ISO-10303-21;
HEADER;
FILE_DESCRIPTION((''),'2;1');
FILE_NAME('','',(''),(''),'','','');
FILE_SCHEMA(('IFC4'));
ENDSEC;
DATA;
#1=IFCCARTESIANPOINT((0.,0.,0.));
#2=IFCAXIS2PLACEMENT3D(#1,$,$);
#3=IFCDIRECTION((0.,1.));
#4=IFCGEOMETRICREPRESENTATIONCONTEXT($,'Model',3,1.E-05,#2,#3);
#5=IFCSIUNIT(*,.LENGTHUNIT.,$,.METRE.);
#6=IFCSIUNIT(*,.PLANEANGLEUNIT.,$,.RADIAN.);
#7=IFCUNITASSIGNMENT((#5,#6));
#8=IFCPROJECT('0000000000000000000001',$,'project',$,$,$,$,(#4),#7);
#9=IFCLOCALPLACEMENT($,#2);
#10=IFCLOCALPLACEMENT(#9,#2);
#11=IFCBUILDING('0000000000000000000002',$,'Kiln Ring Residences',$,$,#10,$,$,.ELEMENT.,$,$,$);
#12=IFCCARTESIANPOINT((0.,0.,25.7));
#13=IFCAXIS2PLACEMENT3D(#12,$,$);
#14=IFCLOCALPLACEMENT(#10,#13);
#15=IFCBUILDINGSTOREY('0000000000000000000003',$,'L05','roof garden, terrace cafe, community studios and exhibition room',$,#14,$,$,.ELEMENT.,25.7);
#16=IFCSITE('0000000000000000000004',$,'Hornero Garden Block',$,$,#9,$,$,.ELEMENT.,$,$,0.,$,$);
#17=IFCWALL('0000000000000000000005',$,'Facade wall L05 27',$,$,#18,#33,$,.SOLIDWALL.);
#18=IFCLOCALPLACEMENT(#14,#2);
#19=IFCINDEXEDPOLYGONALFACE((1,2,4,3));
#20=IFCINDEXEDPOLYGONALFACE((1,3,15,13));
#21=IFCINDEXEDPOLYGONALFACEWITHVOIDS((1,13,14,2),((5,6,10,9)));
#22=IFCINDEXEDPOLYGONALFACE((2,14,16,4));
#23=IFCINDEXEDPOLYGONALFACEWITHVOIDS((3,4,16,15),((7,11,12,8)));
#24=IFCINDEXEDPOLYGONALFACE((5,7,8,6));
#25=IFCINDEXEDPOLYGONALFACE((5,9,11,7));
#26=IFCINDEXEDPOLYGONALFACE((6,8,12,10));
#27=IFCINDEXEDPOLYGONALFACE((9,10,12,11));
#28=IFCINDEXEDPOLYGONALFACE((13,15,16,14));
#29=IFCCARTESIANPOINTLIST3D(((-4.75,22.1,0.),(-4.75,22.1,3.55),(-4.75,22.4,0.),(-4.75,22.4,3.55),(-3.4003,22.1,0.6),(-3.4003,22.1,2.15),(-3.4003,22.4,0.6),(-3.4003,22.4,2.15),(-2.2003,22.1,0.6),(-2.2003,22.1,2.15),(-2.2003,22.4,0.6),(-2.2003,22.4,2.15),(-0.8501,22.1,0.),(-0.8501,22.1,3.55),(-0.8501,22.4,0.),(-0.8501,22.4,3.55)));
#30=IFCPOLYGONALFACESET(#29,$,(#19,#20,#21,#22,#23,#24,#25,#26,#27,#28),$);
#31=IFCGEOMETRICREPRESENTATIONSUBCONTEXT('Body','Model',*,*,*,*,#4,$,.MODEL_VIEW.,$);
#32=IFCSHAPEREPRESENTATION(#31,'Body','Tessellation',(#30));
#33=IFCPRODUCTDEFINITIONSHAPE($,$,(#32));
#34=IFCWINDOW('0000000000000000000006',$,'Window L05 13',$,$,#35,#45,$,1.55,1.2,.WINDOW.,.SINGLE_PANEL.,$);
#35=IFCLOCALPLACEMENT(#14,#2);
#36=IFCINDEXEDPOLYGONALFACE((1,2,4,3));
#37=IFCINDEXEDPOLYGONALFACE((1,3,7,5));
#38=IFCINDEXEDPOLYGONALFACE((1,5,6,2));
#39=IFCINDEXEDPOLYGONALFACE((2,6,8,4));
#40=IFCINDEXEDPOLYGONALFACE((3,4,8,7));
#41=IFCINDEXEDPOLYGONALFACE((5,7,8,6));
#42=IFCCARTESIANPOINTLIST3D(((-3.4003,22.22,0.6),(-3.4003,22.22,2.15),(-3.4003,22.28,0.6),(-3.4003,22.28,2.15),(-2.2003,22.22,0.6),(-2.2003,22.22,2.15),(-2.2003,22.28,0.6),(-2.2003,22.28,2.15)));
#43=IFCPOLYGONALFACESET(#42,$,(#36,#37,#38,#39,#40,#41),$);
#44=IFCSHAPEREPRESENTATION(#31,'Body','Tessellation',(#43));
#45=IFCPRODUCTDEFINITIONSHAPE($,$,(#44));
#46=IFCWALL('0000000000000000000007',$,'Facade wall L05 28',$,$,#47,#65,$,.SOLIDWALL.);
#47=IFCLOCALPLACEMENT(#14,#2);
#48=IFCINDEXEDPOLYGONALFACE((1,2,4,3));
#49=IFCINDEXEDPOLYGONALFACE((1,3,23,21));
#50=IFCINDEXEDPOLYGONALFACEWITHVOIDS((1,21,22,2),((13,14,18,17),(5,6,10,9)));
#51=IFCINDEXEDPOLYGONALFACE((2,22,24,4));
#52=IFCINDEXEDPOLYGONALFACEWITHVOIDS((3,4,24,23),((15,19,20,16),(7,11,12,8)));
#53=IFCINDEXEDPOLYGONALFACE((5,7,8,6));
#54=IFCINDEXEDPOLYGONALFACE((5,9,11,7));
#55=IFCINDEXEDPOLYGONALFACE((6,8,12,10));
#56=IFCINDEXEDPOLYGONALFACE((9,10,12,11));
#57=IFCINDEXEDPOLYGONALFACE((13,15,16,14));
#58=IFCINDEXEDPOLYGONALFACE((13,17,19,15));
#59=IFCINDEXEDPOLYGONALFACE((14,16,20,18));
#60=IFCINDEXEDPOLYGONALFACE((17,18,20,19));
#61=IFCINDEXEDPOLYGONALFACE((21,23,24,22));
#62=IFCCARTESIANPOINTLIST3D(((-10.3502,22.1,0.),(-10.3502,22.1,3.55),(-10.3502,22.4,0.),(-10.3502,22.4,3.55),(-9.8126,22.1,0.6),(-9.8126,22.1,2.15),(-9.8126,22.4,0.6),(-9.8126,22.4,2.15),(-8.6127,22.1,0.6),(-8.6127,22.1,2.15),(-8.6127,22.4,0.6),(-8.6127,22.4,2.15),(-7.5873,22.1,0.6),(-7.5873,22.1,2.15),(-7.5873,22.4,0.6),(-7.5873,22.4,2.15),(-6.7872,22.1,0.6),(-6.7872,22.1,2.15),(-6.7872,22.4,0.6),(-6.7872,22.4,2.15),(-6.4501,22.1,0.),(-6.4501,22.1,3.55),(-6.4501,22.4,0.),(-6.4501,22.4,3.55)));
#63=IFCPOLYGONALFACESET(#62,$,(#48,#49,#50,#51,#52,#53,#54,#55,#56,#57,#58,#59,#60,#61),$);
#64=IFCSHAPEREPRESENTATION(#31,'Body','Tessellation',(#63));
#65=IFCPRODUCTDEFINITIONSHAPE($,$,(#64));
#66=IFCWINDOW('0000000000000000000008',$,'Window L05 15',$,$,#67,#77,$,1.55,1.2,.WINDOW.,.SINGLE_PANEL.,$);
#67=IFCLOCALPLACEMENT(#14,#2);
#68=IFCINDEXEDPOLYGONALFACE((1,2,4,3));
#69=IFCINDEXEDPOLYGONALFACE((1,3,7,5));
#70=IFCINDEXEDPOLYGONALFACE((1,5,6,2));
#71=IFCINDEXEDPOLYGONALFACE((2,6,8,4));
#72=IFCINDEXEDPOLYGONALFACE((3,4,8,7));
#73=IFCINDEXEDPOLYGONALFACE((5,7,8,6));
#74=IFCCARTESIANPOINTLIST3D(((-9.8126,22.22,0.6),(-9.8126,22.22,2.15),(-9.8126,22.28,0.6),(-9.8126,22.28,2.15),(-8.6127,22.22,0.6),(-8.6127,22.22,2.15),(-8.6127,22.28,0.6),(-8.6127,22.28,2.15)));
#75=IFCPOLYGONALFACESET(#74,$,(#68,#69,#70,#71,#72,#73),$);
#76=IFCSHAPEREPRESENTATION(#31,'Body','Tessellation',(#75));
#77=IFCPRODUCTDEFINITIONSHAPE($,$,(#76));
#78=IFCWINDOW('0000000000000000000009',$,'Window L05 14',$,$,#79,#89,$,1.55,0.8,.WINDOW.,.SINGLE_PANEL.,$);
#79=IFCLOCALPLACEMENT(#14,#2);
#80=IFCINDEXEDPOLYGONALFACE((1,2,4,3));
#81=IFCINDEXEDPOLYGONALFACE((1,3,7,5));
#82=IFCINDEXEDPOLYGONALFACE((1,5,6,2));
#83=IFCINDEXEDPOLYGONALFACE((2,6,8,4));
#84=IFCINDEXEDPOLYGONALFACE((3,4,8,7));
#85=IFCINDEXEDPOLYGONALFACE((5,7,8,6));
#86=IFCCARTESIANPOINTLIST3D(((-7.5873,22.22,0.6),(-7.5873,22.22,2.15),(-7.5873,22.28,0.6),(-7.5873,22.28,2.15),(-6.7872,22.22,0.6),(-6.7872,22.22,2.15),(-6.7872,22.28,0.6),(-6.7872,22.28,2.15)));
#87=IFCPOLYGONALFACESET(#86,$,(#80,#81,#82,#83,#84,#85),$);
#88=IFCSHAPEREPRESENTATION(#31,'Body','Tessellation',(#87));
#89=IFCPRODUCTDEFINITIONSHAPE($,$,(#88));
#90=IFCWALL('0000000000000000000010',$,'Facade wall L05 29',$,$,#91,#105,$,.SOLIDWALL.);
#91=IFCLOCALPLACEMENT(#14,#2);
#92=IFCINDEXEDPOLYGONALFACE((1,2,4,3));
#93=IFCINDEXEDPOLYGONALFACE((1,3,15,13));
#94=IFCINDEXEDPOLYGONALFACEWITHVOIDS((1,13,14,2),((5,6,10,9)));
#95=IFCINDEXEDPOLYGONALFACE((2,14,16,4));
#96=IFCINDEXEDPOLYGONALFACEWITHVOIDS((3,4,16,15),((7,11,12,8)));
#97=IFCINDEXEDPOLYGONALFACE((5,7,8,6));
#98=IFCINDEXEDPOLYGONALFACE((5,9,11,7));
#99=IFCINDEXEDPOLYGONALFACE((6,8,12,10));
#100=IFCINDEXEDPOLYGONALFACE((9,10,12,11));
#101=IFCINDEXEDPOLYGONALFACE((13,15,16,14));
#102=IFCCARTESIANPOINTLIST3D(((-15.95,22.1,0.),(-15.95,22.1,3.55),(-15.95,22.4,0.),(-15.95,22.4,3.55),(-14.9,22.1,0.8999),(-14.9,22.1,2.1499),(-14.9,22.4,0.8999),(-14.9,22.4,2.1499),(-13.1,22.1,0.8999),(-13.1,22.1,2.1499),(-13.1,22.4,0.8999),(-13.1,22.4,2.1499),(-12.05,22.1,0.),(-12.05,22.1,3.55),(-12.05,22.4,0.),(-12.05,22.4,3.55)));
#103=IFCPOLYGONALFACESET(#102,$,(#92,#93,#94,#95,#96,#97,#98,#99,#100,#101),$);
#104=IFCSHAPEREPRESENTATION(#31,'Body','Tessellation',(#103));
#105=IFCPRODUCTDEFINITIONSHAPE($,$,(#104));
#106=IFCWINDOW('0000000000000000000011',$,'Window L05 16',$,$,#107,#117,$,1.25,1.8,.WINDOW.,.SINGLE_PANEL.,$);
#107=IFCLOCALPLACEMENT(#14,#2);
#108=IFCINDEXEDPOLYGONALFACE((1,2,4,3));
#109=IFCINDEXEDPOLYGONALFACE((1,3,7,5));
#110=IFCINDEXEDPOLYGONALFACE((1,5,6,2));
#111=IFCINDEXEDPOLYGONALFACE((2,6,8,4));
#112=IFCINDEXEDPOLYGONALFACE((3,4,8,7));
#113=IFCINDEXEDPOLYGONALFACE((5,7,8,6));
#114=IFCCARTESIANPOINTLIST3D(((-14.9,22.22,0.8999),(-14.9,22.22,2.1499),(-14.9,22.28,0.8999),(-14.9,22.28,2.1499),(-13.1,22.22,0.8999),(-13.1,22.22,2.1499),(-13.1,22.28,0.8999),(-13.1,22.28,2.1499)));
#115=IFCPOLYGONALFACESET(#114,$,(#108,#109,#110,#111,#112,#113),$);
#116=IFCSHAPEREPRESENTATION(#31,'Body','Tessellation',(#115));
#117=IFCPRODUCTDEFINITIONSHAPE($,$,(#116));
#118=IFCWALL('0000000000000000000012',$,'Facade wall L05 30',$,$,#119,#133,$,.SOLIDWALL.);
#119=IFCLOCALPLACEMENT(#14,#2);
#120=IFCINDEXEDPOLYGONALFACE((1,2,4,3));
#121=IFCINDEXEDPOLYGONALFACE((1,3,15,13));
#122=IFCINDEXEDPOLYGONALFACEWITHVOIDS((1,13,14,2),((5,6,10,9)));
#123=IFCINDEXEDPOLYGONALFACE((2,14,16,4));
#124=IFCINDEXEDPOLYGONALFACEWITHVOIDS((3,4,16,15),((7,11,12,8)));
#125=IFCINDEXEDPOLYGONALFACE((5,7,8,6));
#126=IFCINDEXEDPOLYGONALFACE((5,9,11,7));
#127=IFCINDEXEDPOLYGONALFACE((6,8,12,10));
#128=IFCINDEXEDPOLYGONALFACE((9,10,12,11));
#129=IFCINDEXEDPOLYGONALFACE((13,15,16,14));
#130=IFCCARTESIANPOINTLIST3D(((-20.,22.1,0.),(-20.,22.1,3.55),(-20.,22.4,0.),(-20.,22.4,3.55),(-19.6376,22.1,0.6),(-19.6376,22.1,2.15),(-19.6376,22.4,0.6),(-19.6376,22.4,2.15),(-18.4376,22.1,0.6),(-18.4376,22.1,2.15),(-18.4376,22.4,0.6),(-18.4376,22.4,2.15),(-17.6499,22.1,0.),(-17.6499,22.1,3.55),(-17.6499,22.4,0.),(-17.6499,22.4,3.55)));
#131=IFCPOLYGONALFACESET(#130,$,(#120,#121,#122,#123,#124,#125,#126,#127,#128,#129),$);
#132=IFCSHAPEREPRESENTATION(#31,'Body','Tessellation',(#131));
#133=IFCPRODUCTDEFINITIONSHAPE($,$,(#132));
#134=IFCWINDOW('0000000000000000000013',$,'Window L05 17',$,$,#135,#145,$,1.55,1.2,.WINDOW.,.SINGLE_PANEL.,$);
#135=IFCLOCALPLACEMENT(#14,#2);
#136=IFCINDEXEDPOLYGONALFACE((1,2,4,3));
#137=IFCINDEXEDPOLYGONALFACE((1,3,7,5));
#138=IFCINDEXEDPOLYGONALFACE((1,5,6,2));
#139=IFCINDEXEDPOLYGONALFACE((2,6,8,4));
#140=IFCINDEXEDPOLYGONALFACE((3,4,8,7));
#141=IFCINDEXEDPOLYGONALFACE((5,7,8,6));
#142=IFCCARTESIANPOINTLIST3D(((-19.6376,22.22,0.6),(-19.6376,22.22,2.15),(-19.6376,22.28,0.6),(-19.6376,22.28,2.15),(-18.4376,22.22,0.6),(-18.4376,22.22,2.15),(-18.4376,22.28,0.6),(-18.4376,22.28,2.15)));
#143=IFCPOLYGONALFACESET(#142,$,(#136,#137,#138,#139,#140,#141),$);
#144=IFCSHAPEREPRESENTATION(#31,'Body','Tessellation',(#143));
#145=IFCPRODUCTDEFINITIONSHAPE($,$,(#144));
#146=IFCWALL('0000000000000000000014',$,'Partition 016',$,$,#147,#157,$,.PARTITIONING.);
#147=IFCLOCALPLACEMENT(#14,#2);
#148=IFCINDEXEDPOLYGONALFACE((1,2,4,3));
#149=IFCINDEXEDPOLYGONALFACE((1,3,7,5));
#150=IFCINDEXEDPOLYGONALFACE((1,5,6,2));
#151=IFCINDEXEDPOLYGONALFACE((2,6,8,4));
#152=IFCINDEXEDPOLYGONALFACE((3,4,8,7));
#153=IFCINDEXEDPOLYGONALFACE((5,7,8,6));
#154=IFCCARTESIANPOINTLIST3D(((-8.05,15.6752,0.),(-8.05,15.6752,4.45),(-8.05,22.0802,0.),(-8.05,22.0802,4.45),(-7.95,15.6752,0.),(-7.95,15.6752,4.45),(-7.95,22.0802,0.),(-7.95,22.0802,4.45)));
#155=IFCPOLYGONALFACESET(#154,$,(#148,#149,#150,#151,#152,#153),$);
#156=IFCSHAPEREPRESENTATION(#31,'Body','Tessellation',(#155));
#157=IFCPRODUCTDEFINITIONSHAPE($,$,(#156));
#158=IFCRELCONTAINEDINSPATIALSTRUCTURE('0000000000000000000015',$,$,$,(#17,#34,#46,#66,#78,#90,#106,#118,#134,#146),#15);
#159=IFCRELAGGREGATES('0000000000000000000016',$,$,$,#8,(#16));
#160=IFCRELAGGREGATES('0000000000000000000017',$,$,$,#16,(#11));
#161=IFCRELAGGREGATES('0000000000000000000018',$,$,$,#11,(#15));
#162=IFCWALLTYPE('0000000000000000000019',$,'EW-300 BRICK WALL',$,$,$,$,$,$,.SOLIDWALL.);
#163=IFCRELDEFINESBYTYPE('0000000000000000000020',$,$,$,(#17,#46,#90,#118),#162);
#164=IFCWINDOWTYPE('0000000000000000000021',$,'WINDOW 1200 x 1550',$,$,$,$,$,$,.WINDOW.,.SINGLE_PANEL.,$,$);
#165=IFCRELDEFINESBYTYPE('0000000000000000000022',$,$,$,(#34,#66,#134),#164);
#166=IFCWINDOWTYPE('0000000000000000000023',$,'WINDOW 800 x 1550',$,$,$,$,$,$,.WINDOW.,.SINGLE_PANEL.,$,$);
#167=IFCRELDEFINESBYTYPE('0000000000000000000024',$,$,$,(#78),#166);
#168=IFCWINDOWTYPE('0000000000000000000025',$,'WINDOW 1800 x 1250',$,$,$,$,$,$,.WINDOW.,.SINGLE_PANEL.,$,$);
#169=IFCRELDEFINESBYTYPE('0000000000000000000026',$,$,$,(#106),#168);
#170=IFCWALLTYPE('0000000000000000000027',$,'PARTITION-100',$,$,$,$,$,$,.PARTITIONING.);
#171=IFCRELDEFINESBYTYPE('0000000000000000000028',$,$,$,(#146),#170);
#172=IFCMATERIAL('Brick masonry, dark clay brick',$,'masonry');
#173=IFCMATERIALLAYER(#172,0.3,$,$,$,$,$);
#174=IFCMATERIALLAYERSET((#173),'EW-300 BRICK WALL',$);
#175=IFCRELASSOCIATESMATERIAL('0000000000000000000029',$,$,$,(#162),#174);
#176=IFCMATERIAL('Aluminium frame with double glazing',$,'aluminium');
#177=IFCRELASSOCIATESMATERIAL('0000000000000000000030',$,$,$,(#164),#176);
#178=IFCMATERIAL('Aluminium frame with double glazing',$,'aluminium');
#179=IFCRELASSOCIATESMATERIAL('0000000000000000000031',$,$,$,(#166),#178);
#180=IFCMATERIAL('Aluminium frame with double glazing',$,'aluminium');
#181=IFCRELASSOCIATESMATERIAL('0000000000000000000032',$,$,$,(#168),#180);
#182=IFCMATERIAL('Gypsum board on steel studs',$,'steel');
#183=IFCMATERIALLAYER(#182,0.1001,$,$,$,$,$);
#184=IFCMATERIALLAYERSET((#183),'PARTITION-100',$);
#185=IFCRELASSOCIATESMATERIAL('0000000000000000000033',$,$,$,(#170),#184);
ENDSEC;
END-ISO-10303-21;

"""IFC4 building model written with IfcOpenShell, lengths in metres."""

from ifc_helpers import new_model, si_unit, direction, frame, frame_2d, origin, place, context, subcontext, project, spatial, rectangle, extrude, material, layer, layer_set, type_object, element, fill, save


model = new_model("IFC4")

# Units and contexts
model_context = context("Model", 3, precision=1e-05, world=origin(), true_north=direction((0.0, 1.0)))
body_context = subcontext(model_context, "Body", "Model", "MODEL_VIEW")
ifc_project = project(units=[si_unit("LENGTHUNIT", "METRE"), si_unit("PLANEANGLEUNIT", "RADIAN")], contexts=[model_context])

# Site, building, storey
site_placement = place(None, origin())
site = spatial("IfcSite", under=ifc_project, at=site_placement, Name="Hornero Garden Block", CompositionType="ELEMENT", RefElevation=0.0)
building_placement = place(site_placement, origin())
building = spatial("IfcBuilding", under=site, at=building_placement, Name="Kiln Ring Residences", CompositionType="ELEMENT")
storey_placement = place(building_placement, frame((0.0, 0.0, 25.7)))
storey = spatial("IfcBuildingStorey", under=building, at=storey_placement, Name="L05", Description="roof garden, terrace cafe, community studios and exhibition room", CompositionType="ELEMENT", Elevation=25.7)

# Wall, opening, window
ifc_material_1 = material(Name="Brick masonry, dark clay brick", Category="masonry")
ifc_layer_1 = layer(ifc_material_1, 0.3)
ifc_layer_set_1 = layer_set([ifc_layer_1], Name="EW-300 BRICK WALL")
wall_type_1 = type_object("IfcWallType", Name="EW-300 BRICK WALL", PredefinedType="SOLIDWALL", material=ifc_layer_set_1)
wall_1_placement = place(storey_placement, frame((-0.8501, 22.25, 0.0), z_axis=(0.0, 0.0, 1.0), x_axis=(-1.0, 0.0, 0.0)))
wall_1 = element("IfcWall", 1, at=wall_1_placement, inside=storey, type_object=wall_type_1, Name="Facade wall L05 27", PredefinedType="SOLIDWALL", context=body_context, shape_type="SweptSolid", body=[
    extrude(rectangle(XDim=3.8999, YDim=0.3, at=frame_2d((1.95, 0.0))), origin(), (0.0, 0.0, 1.0), 3.55),
])
opening_1_placement = place(wall_1_placement, frame((1.3501, 0.0, 0.6001)))
opening_1 = element("IfcOpeningElement", 2, at=opening_1_placement, cuts=wall_1, PredefinedType="OPENING", context=body_context, shape_type="SweptSolid", body=[
    extrude(rectangle(XDim=1.2, YDim=1.55, at=frame_2d((0.6001, 0.7749))), frame((0.0, 0.1599, 0.0), z_axis=(0.0, -1.0, 0.0), x_axis=(1.0, 0.0, 0.0)), (0.0, 0.0, 1.0), 0.3201),
])
ifc_material_2 = material(Name="Aluminium frame with double glazing", Category="aluminium")
window_type_1 = type_object("IfcWindowType", Name="WINDOW 1200 x 1550", PartitioningType="SINGLE_PANEL", PredefinedType="WINDOW", material=ifc_material_2)
window_1_placement = place(opening_1_placement, origin())
window_1 = element("IfcWindow", 3, at=window_1_placement, inside=storey, type_object=window_type_1, Name="Window L05 13", OverallHeight=1.55, OverallWidth=1.2, PartitioningType="SINGLE_PANEL", PredefinedType="WINDOW", context=body_context, shape_type="SweptSolid", body=[
    extrude(rectangle(XDim=1.2, YDim=1.55, at=frame_2d((0.6001, 0.7749))), frame((0.0, 0.03, 0.0), z_axis=(0.0, -1.0, 0.0), x_axis=(1.0, 0.0, 0.0)), (0.0, 0.0, 1.0), 0.0601),
])
fill(opening_1, window_1)

# Wall, openings, windows
wall_2_placement = place(storey_placement, frame((-6.45, 22.25, 0.0), z_axis=(0.0, 0.0, 1.0), x_axis=(-1.0, 0.0, 0.0)))
wall_2 = element("IfcWall", 4, at=wall_2_placement, inside=storey, type_object=wall_type_1, Name="Facade wall L05 28", PredefinedType="SOLIDWALL", context=body_context, shape_type="SweptSolid", body=[
    extrude(rectangle(XDim=3.9001, YDim=0.3, at=frame_2d((1.9502, 0.0))), origin(), (0.0, 0.0, 1.0), 3.55),
])
opening_2_placement = place(wall_2_placement, frame((0.3374, 0.0, 0.6001)))
opening_2 = element("IfcOpeningElement", 5, at=opening_2_placement, cuts=wall_2, PredefinedType="OPENING", context=body_context, shape_type="SweptSolid", body=[
    extrude(rectangle(XDim=0.8, YDim=1.55, at=frame_2d((0.3999, 0.7749))), frame((0.0, 0.1599, 0.0), z_axis=(0.0, -1.0, 0.0), x_axis=(1.0, 0.0, 0.0)), (0.0, 0.0, 1.0), 0.3201),
])
opening_3_placement = place(wall_2_placement, frame((2.1626, 0.0, 0.6001)))
opening_3 = element("IfcOpeningElement", 6, at=opening_3_placement, cuts=wall_2, PredefinedType="OPENING", context=body_context, shape_type="SweptSolid", body=[
    extrude(rectangle(XDim=1.2, YDim=1.55, at=frame_2d((0.6001, 0.7749))), frame((0.0, 0.1599, 0.0), z_axis=(0.0, -1.0, 0.0), x_axis=(1.0, 0.0, 0.0)), (0.0, 0.0, 1.0), 0.3201),
])
window_2_placement = place(opening_3_placement, origin())
window_2 = element("IfcWindow", 7, at=window_2_placement, inside=storey, type_object=window_type_1, Name="Window L05 15", OverallHeight=1.55, OverallWidth=1.2, PartitioningType="SINGLE_PANEL", PredefinedType="WINDOW", context=body_context, shape_type="SweptSolid", body=[
    extrude(rectangle(XDim=1.2, YDim=1.55, at=frame_2d((0.6001, 0.7749))), frame((0.0, 0.03, 0.0), z_axis=(0.0, -1.0, 0.0), x_axis=(1.0, 0.0, 0.0)), (0.0, 0.0, 1.0), 0.0601),
])
fill(opening_3, window_2)
ifc_material_3 = material(Name="Aluminium frame with double glazing", Category="aluminium")
window_type_2 = type_object("IfcWindowType", Name="WINDOW 800 x 1550", PartitioningType="SINGLE_PANEL", PredefinedType="WINDOW", material=ifc_material_3)
window_3_placement = place(opening_2_placement, origin())
window_3 = element("IfcWindow", 8, at=window_3_placement, inside=storey, type_object=window_type_2, Name="Window L05 14", OverallHeight=1.55, OverallWidth=0.8, PartitioningType="SINGLE_PANEL", PredefinedType="WINDOW", context=body_context, shape_type="SweptSolid", body=[
    extrude(rectangle(XDim=0.8, YDim=1.55, at=frame_2d((0.3999, 0.7749))), frame((0.0, 0.03, 0.0), z_axis=(0.0, -1.0, 0.0), x_axis=(1.0, 0.0, 0.0)), (0.0, 0.0, 1.0), 0.0601),
])
fill(opening_2, window_3)

# Walls, openings, windows
wall_3_placement = place(storey_placement, frame((-12.05, 22.25, 0.0), z_axis=(0.0, 0.0, 1.0), x_axis=(-1.0, 0.0, 0.0)))
wall_3 = element("IfcWall", 9, at=wall_3_placement, inside=storey, type_object=wall_type_1, Name="Facade wall L05 29", PredefinedType="SOLIDWALL", context=body_context, shape_type="SweptSolid", body=[
    extrude(rectangle(XDim=3.8999, YDim=0.3, at=frame_2d((1.95, 0.0))), origin(), (0.0, 0.0, 1.0), 3.55),
])
opening_4_placement = place(wall_3_placement, frame((1.05, 0.0, 0.8999)))
opening_4 = element("IfcOpeningElement", 10, at=opening_4_placement, cuts=wall_3, PredefinedType="OPENING", context=body_context, shape_type="SweptSolid", body=[
    extrude(rectangle(XDim=1.8, YDim=1.25, at=frame_2d((0.8999, 0.625))), frame((0.0, 0.1599, 0.0), z_axis=(0.0, -1.0, 0.0), x_axis=(1.0, 0.0, 0.0)), (0.0, 0.0, 1.0), 0.3201),
])
ifc_material_4 = material(Name="Aluminium frame with double glazing", Category="aluminium")
window_type_3 = type_object("IfcWindowType", Name="WINDOW 1800 x 1250", PartitioningType="SINGLE_PANEL", PredefinedType="WINDOW", material=ifc_material_4)
window_4_placement = place(opening_4_placement, origin())
window_4 = element("IfcWindow", 11, at=window_4_placement, inside=storey, type_object=window_type_3, Name="Window L05 16", OverallHeight=1.25, OverallWidth=1.8, PartitioningType="SINGLE_PANEL", PredefinedType="WINDOW", context=body_context, shape_type="SweptSolid", body=[
    extrude(rectangle(XDim=1.8, YDim=1.25, at=frame_2d((0.8999, 0.625))), frame((0.0, 0.03, 0.0), z_axis=(0.0, -1.0, 0.0), x_axis=(1.0, 0.0, 0.0)), (0.0, 0.0, 1.0), 0.0601),
])
fill(opening_4, window_4)
wall_4_placement = place(storey_placement, frame((-17.6499, 22.25, 0.0), z_axis=(0.0, 0.0, 1.0), x_axis=(-1.0, 0.0, 0.0)))
wall_4 = element("IfcWall", 12, at=wall_4_placement, inside=storey, type_object=wall_type_1, Name="Facade wall L05 30", PredefinedType="SOLIDWALL", context=body_context, shape_type="SweptSolid", body=[
    extrude(rectangle(XDim=2.3501, YDim=0.3, at=frame_2d((1.175, 0.0))), origin(), (0.0, 0.0, 1.0), 3.55),
])
opening_5_placement = place(wall_4_placement, frame((0.7876, 0.0, 0.6001)))
opening_5 = element("IfcOpeningElement", 13, at=opening_5_placement, cuts=wall_4, PredefinedType="OPENING", context=body_context, shape_type="SweptSolid", body=[
    extrude(rectangle(XDim=1.2, YDim=1.55, at=frame_2d((0.6001, 0.7749))), frame((0.0, 0.1599, 0.0), z_axis=(0.0, -1.0, 0.0), x_axis=(1.0, 0.0, 0.0)), (0.0, 0.0, 1.0), 0.3201),
])
window_5_placement = place(opening_5_placement, origin())
window_5 = element("IfcWindow", 14, at=window_5_placement, inside=storey, type_object=window_type_1, Name="Window L05 17", OverallHeight=1.55, OverallWidth=1.2, PartitioningType="SINGLE_PANEL", PredefinedType="WINDOW", context=body_context, shape_type="SweptSolid", body=[
    extrude(rectangle(XDim=1.2, YDim=1.55, at=frame_2d((0.6001, 0.7749))), frame((0.0, 0.03, 0.0), z_axis=(0.0, -1.0, 0.0), x_axis=(1.0, 0.0, 0.0)), (0.0, 0.0, 1.0), 0.0601),
])
fill(opening_5, window_5)

# Wall
ifc_material_5 = material(Name="Gypsum board on steel studs", Category="steel")
ifc_layer_2 = layer(ifc_material_5, 0.1001)
ifc_layer_set_2 = layer_set([ifc_layer_2], Name="PARTITION-100")
wall_type_2 = type_object("IfcWallType", Name="PARTITION-100", PredefinedType="PARTITIONING", material=ifc_layer_set_2)
wall_5_placement = place(storey_placement, frame((-8.0, 15.675, 0.0), z_axis=(0.0, 0.0, 1.0), x_axis=(0.0, 1.0, 0.0)))
element("IfcWall", 15, at=wall_5_placement, inside=storey, type_object=wall_type_2, Name="Partition 016", PredefinedType="PARTITIONING", context=body_context, shape_type="SweptSolid", body=[
    extrude(rectangle(XDim=6.405, YDim=0.1001, at=frame_2d((3.2026, 0.0))), origin(), (0.0, 0.0, 1.0), 4.45),
])

save(model, "model.ifc")
